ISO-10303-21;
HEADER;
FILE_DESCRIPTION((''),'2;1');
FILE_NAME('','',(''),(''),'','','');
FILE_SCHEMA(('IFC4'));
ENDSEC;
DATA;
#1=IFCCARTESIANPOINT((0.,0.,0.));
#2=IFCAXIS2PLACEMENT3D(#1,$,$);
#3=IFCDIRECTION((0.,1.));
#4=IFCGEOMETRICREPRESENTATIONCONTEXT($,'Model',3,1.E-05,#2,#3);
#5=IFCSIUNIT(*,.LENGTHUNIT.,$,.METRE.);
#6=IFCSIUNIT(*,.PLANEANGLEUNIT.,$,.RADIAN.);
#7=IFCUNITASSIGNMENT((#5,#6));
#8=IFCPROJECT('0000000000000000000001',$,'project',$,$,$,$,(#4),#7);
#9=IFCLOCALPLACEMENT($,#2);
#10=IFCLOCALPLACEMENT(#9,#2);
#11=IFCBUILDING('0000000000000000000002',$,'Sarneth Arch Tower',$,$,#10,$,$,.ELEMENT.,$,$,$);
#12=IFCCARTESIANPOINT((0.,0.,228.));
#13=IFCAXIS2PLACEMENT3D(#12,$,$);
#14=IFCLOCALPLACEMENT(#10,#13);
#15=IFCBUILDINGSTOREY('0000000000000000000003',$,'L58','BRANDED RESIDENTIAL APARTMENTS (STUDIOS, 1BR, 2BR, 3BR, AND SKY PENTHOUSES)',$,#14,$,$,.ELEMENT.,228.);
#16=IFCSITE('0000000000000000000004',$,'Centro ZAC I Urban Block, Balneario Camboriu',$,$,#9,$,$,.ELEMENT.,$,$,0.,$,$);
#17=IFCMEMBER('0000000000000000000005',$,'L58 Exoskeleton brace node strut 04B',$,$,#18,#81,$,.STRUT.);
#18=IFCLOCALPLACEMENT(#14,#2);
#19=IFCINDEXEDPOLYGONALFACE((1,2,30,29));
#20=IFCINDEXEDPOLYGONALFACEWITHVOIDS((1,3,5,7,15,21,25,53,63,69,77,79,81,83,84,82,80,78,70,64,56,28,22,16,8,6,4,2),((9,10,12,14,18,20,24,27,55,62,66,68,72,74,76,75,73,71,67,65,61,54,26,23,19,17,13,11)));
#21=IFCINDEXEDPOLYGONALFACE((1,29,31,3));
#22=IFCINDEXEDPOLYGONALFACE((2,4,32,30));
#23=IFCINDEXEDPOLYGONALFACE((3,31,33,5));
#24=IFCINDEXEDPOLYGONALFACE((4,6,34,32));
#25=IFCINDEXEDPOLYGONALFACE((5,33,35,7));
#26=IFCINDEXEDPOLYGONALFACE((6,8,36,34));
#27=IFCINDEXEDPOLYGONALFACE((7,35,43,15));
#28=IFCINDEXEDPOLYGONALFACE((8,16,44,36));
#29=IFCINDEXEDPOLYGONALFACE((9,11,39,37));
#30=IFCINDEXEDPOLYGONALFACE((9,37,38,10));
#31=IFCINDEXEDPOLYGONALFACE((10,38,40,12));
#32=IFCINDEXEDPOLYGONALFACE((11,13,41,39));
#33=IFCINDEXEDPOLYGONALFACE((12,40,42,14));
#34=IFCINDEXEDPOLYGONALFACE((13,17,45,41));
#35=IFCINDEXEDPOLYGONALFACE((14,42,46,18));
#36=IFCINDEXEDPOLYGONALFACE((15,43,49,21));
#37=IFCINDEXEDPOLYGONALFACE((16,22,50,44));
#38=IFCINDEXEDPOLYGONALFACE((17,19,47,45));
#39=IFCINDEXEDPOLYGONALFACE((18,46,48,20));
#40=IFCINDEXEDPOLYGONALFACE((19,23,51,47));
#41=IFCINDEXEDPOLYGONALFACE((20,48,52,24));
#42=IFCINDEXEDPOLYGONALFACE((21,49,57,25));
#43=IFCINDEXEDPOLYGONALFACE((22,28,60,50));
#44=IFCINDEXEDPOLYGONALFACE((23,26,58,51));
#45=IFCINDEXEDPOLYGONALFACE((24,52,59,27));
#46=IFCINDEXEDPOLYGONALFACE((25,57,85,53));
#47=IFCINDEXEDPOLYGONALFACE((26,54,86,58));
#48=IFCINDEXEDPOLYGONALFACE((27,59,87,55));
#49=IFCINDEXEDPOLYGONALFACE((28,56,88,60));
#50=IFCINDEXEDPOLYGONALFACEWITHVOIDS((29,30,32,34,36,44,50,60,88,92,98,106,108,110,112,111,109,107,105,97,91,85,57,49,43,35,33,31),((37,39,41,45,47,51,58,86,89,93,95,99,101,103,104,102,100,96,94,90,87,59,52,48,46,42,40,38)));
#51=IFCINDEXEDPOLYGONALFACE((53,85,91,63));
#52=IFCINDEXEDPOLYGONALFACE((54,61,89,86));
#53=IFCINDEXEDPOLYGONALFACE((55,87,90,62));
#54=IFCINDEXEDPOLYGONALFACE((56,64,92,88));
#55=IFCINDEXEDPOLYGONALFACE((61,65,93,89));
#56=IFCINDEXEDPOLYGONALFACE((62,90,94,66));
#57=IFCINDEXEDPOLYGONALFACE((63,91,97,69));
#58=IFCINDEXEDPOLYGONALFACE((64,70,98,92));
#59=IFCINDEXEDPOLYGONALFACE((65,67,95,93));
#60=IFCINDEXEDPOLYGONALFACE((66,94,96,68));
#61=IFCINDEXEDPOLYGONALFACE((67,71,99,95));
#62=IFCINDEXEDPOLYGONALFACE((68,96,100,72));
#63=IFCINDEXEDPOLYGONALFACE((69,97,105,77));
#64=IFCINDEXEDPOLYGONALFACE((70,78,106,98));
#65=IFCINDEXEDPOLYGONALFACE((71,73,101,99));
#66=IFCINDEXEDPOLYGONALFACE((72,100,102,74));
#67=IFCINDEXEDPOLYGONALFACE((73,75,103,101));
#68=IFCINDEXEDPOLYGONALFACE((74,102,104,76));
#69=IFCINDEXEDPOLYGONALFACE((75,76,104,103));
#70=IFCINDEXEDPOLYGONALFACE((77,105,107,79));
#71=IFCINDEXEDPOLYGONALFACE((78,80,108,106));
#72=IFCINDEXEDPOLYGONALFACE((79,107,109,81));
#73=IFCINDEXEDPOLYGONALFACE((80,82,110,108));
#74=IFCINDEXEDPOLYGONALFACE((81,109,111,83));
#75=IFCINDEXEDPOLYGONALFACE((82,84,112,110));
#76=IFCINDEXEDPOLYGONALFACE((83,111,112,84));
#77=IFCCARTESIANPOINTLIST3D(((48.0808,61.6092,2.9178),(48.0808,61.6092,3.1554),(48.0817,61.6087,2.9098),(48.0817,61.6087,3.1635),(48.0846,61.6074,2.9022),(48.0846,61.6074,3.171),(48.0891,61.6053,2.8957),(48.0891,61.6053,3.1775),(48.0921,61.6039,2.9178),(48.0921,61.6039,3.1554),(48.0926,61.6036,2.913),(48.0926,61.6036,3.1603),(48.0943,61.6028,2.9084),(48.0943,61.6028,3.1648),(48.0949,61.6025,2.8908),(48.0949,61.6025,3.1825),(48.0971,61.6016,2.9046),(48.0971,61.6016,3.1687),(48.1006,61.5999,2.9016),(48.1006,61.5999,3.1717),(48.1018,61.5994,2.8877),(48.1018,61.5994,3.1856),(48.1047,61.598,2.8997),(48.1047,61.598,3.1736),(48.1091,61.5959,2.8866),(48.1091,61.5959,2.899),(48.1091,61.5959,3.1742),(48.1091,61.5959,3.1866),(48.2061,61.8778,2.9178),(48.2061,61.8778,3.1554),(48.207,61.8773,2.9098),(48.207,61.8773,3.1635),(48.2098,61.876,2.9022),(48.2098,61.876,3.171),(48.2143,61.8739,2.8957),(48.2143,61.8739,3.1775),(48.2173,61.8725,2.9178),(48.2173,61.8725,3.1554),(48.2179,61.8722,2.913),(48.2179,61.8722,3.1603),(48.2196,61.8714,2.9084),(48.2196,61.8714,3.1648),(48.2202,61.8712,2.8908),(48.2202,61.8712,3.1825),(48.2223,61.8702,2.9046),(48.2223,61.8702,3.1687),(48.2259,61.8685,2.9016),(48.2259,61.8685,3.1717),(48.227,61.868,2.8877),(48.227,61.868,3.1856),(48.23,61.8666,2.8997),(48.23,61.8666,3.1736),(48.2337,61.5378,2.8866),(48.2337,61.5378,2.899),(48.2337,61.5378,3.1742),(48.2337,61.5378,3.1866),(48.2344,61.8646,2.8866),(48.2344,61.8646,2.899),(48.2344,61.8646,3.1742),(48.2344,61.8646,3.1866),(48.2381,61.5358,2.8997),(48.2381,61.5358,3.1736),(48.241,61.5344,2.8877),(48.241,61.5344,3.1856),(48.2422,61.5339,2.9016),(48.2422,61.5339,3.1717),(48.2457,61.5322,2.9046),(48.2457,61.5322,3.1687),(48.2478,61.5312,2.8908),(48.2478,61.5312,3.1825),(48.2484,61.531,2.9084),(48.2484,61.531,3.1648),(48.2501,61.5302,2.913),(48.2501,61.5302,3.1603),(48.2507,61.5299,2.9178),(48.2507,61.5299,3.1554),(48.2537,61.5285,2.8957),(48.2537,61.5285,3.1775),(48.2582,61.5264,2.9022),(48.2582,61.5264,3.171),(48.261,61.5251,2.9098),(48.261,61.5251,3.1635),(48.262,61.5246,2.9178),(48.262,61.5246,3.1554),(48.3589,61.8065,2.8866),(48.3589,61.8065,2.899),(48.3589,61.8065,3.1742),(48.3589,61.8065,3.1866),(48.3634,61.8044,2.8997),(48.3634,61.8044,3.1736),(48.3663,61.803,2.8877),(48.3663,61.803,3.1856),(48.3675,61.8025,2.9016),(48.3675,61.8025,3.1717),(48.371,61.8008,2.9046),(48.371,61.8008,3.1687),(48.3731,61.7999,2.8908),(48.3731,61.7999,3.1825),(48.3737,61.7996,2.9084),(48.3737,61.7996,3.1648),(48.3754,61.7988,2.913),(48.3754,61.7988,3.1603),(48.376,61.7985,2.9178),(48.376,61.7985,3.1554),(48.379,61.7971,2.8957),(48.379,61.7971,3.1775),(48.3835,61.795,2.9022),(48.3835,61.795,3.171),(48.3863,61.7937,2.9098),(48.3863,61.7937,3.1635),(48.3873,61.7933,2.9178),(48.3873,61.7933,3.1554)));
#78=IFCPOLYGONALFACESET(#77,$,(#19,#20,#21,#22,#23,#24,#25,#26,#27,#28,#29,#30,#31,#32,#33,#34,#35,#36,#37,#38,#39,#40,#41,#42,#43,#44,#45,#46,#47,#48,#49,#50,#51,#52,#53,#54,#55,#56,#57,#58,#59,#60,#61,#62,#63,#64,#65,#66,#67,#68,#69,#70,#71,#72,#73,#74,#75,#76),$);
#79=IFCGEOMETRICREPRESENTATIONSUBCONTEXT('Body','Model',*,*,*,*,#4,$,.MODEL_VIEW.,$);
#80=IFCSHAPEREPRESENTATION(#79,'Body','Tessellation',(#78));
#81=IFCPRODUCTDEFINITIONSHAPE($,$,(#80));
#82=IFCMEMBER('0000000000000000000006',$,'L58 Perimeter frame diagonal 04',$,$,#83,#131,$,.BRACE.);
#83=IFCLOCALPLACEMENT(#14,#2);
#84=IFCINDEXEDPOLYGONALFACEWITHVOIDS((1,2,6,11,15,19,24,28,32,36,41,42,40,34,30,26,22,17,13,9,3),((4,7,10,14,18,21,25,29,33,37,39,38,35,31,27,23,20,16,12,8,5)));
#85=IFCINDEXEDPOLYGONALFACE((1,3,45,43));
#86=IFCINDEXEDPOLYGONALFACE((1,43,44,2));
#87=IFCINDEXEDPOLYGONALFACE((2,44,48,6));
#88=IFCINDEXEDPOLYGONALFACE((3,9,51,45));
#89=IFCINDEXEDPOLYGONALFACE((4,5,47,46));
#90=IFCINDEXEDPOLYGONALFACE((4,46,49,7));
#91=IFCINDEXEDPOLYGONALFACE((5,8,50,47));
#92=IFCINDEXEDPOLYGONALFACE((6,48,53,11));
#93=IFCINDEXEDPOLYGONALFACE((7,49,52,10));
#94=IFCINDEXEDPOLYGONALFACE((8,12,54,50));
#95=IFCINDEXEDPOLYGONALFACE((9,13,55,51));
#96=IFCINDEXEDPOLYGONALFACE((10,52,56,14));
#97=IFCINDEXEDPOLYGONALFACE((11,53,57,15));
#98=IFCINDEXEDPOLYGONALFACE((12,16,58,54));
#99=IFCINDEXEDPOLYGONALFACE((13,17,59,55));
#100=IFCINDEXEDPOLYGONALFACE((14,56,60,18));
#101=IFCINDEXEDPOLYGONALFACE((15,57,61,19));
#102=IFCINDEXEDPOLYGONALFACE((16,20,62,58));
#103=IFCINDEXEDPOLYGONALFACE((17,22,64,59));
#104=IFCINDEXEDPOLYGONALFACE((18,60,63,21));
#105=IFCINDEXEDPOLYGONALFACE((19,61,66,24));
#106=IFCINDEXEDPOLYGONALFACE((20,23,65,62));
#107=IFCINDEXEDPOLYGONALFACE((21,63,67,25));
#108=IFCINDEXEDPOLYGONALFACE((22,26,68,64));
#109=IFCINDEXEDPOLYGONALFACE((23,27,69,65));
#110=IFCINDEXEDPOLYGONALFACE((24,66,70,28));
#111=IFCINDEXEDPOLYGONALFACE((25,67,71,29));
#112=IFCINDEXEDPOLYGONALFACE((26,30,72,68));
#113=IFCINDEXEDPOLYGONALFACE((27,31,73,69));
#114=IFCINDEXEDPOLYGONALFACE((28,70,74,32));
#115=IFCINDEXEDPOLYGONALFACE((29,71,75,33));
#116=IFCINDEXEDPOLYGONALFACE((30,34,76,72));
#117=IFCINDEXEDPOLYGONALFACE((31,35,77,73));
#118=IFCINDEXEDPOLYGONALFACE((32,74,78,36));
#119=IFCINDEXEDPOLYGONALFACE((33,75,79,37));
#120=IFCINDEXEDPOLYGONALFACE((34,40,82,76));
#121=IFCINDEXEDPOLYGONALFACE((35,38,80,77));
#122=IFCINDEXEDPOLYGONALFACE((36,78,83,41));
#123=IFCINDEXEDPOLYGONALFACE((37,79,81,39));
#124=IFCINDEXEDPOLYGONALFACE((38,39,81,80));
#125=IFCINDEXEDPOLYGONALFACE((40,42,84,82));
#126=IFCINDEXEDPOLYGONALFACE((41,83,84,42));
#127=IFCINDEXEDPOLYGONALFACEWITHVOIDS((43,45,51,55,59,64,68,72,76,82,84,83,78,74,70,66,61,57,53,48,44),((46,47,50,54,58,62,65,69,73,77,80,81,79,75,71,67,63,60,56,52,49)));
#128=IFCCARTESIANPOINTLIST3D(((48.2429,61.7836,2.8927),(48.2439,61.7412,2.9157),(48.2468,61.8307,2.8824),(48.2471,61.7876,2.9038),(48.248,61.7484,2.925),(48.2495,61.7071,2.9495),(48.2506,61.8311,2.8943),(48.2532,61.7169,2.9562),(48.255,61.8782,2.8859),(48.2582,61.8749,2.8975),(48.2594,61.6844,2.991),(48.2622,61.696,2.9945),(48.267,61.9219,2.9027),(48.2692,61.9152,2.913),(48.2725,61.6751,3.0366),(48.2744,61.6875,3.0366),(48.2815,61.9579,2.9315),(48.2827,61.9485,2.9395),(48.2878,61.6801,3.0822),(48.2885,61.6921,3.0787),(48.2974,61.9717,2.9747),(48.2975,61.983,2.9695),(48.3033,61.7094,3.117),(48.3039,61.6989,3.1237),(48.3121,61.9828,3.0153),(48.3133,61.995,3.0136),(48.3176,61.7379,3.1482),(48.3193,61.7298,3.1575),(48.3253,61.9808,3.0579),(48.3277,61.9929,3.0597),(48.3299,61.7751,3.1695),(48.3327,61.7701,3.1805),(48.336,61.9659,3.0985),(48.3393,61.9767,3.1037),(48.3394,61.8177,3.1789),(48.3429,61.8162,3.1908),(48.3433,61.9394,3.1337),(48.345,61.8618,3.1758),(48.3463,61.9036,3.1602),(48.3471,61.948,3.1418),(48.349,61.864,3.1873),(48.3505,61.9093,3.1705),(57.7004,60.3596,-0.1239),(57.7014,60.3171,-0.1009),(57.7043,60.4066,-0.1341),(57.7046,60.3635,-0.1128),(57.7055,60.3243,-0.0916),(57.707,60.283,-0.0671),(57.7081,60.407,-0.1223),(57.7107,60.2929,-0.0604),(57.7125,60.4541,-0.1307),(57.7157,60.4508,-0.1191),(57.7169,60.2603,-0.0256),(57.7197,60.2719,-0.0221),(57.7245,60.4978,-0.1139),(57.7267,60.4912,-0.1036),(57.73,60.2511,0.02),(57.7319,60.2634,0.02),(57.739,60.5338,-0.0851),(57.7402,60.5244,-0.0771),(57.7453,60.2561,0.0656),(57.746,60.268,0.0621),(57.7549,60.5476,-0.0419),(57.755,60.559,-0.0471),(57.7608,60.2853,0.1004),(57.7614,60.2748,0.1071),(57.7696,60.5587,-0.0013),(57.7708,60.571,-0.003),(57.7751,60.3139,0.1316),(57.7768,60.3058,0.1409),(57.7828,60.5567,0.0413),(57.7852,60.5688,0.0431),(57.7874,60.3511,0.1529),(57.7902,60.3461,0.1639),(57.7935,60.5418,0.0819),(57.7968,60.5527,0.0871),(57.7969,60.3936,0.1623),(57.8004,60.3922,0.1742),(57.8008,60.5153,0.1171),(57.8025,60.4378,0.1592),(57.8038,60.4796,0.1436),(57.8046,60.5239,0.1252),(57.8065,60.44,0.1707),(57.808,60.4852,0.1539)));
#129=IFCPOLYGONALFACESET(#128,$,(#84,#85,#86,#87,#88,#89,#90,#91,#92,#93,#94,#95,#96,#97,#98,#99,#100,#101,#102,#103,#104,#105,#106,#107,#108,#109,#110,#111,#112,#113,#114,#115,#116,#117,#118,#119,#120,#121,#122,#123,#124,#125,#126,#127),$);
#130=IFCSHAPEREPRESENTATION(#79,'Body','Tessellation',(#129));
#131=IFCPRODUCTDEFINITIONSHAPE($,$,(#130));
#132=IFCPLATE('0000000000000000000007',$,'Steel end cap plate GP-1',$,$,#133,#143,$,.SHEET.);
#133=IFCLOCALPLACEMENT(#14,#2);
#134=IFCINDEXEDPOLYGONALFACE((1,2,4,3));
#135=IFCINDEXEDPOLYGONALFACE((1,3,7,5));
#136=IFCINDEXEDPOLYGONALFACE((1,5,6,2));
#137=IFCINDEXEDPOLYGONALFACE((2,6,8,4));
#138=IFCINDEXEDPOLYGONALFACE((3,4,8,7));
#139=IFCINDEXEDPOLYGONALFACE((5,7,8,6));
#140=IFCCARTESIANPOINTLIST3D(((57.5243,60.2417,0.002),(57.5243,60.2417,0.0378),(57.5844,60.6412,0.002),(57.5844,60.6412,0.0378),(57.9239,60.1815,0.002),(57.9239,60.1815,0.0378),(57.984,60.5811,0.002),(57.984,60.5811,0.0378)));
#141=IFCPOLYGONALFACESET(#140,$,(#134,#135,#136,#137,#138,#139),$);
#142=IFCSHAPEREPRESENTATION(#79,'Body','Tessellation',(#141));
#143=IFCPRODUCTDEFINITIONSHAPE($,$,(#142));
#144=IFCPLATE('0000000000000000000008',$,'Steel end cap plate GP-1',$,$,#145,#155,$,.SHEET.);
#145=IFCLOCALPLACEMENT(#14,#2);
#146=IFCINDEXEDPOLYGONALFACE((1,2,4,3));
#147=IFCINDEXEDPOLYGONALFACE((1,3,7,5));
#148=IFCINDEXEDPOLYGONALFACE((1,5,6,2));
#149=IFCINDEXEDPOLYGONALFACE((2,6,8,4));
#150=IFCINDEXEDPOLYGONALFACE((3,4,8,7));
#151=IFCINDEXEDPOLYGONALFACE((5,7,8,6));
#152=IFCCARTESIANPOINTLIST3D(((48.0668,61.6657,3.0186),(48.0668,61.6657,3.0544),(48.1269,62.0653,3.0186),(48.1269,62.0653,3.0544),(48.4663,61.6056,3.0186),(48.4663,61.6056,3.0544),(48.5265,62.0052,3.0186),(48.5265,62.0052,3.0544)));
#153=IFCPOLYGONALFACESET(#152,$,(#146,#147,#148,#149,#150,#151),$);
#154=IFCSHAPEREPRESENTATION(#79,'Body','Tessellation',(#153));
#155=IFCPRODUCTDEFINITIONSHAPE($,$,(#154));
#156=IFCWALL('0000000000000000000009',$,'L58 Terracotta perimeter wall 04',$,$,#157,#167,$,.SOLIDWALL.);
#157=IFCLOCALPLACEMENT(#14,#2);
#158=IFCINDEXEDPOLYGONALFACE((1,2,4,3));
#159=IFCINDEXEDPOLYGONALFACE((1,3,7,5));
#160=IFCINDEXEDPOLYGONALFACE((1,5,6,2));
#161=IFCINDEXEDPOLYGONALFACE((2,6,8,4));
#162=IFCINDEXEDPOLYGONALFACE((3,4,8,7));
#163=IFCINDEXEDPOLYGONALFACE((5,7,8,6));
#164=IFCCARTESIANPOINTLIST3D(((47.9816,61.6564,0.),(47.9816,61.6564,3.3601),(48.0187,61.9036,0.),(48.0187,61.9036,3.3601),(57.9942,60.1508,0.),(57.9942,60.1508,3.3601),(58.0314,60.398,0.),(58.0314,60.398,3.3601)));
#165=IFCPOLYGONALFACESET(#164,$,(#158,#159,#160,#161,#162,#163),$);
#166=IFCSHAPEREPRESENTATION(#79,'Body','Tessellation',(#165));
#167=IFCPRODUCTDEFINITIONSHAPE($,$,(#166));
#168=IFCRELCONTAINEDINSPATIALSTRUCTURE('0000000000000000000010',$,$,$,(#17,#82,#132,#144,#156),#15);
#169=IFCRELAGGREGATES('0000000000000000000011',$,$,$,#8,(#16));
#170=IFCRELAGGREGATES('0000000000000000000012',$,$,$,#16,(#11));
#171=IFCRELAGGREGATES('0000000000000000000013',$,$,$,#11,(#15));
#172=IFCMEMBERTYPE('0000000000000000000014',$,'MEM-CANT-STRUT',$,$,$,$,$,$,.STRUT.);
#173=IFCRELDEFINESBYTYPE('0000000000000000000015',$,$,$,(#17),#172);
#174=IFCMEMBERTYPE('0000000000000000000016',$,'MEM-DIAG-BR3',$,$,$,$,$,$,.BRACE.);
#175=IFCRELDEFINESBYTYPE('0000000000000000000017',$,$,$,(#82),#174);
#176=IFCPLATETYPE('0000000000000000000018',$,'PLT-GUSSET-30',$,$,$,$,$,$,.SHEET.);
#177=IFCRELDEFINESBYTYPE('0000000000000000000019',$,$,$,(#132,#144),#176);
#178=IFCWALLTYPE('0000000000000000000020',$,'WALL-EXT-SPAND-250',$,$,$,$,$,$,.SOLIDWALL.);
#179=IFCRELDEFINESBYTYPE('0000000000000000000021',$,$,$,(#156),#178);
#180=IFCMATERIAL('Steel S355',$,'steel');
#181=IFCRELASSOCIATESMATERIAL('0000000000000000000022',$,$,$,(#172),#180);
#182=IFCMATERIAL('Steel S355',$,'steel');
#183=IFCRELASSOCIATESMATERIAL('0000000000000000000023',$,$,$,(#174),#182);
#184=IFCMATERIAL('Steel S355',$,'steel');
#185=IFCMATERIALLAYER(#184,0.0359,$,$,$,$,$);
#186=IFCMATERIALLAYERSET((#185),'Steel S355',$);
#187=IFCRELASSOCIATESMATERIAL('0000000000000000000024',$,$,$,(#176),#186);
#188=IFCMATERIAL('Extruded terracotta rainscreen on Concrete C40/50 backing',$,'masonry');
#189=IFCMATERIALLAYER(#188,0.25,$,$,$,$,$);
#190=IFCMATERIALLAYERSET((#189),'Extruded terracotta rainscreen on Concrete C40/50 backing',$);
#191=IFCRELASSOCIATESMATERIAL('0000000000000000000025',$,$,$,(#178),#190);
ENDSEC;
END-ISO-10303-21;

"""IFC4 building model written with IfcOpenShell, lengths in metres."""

from ifc_helpers import new_model, si_unit, direction, frame, frame_2d, origin, origin_2d, place, context, subcontext, project, spatial, rectangle, hollow_rectangle, hollow_circle, extrude, material, layer, layer_set, material_profile, profile_set, type_object, element, save


model = new_model("IFC4")

# Units and contexts
model_context = context("Model", 3, precision=1e-05, world=origin(), true_north=direction((0.0, 1.0)))
body_context = subcontext(model_context, "Body", "Model", "MODEL_VIEW")
ifc_project = project(units=[si_unit("LENGTHUNIT", "METRE"), si_unit("PLANEANGLEUNIT", "RADIAN")], contexts=[model_context])

# Site, building, storey
site_placement = place(None, origin())
site = spatial("IfcSite", under=ifc_project, at=site_placement, Name="Centro ZAC I Urban Block, Balneario Camboriu", CompositionType="ELEMENT", RefElevation=0.0)
building_placement = place(site_placement, origin())
building = spatial("IfcBuilding", under=site, at=building_placement, Name="Sarneth Arch Tower", CompositionType="ELEMENT")
storey_placement = place(building_placement, frame((0.0, 0.0, 228.0)))
storey = spatial("IfcBuildingStorey", under=building, at=storey_placement, Name="L58", Description="BRANDED RESIDENTIAL APARTMENTS (STUDIOS, 1BR, 2BR, 3BR, AND SKY PENTHOUSES)", CompositionType="ELEMENT", Elevation=228.0)

# Members
ifc_material_1 = material(Name="Steel S355", Category="steel")
ifc_material_profile_1 = material_profile(ifc_material_1, hollow_rectangle(XDim=0.2, YDim=0.3, WallThickness=0.0125, InnerFilletRadius=0.0188, OuterFilletRadius=0.0312, at=origin_2d()), Name="RHS300x200x12.5")
ifc_profile_set_1 = profile_set([ifc_material_profile_1], Name="Steel S355")
member_type_1 = type_object("IfcMemberType", Name="MEM-CANT-STRUT", PredefinedType="STRUT", material=ifc_profile_set_1)
member_1_placement = place(storey_placement, frame((48.1714, 61.5669, 3.0366), z_axis=(0.42266, 0.906288, 0.0), x_axis=(-0.906288, 0.42266, 0.0)))
element("IfcMember", 1, at=member_1_placement, inside=storey, type_object=member_type_1, Name="L58 Exoskeleton brace node strut 04B", PredefinedType="STRUT", context=body_context, shape_type="SweptSolid", body=[
    extrude(hollow_rectangle(XDim=0.2, YDim=0.3, WallThickness=0.0125, InnerFilletRadius=0.0188, OuterFilletRadius=0.0312, at=origin_2d()), origin(), (0.0, 0.0, 1.0), 0.2964),
])
ifc_material_2 = material(Name="Steel S355", Category="steel")
ifc_material_profile_2 = material_profile(ifc_material_2, hollow_circle(Radius=0.1621, WallThickness=0.0125, at=origin_2d()), Name="CHS324x12.5")
ifc_profile_set_2 = profile_set([ifc_material_profile_2], Name="Steel S355")
member_type_2 = type_object("IfcMemberType", Name="MEM-DIAG-BR3", PredefinedType="BRACE", material=ifc_profile_set_2)
member_2_placement = place(storey_placement, frame((57.7542, 60.4114, 0.02), z_axis=(-0.943056, 0.142001, 0.3008), x_axis=(-0.148897, -0.988853, 0.0)))
element("IfcMember", 2, at=member_2_placement, inside=storey, type_object=member_type_2, Name="L58 Perimeter frame diagonal 04", PredefinedType="BRACE", context=body_context, shape_type="SweptSolid", body=[
    extrude(hollow_circle(Radius=0.1621, WallThickness=0.0125, at=origin_2d()), origin(), (0.0, 0.0, 1.0), 10.0286),
])

# Plates
ifc_material_3 = material(Name="Steel S355", Category="steel")
ifc_layer_1 = layer(ifc_material_3, 0.0359)
ifc_layer_set_1 = layer_set([ifc_layer_1], Name="Steel S355")
plate_type = type_object("IfcPlateType", Name="PLT-GUSSET-30", PredefinedType="SHEET", material=ifc_layer_set_1)
for number, where, z_axis, x_axis, name in (
    (3, (57.7542, 60.4114, 0.002), (0.0, 0.0, 1.0), (-0.988861, 0.148845, 0.0), "Steel end cap plate GP-1"),
    (4, (48.2966, 61.8354, 3.0186), (0.0, 0.0, 1.0), (-0.988861, 0.148845, 0.0), "Steel end cap plate GP-1"),
):
    element("IfcPlate", number, at=place(storey_placement, frame(where, z_axis=z_axis, x_axis=x_axis)), inside=storey, type_object=plate_type, Name=name, PredefinedType="SHEET", context=body_context, shape_type="SweptSolid", body=[
        extrude(rectangle(XDim=0.4041, YDim=0.4041, at=origin_2d()), origin(), (0.0, 0.0, 1.0), 0.0359),
    ])

# Wall
ifc_material_4 = material(Name="Extruded terracotta rainscreen on Concrete C40/50 backing", Category="masonry")
ifc_layer_2 = layer(ifc_material_4, 0.25)
ifc_layer_set_2 = layer_set([ifc_layer_2], Name="Extruded terracotta rainscreen on Concrete C40/50 backing")
wall_type_1 = type_object("IfcWallType", Name="WALL-EXT-SPAND-250", PredefinedType="SOLIDWALL", material=ifc_layer_set_2)
wall_1_placement = place(storey_placement, frame((58.0127, 60.2744, 0.0), z_axis=(0.0, 0.0, 1.0), x_axis=(-0.988883, 0.148699, 0.0)))
element("IfcWall", 5, at=wall_1_placement, inside=storey, type_object=wall_type_1, Name="L58 Terracotta perimeter wall 04", PredefinedType="SOLIDWALL", context=body_context, shape_type="SweptSolid", body=[
    extrude(rectangle(XDim=10.1252, YDim=0.25, at=frame_2d((5.0625, 0.0))), origin(), (0.0, 0.0, 1.0), 3.3601),
])

save(model, "model.ifc")
